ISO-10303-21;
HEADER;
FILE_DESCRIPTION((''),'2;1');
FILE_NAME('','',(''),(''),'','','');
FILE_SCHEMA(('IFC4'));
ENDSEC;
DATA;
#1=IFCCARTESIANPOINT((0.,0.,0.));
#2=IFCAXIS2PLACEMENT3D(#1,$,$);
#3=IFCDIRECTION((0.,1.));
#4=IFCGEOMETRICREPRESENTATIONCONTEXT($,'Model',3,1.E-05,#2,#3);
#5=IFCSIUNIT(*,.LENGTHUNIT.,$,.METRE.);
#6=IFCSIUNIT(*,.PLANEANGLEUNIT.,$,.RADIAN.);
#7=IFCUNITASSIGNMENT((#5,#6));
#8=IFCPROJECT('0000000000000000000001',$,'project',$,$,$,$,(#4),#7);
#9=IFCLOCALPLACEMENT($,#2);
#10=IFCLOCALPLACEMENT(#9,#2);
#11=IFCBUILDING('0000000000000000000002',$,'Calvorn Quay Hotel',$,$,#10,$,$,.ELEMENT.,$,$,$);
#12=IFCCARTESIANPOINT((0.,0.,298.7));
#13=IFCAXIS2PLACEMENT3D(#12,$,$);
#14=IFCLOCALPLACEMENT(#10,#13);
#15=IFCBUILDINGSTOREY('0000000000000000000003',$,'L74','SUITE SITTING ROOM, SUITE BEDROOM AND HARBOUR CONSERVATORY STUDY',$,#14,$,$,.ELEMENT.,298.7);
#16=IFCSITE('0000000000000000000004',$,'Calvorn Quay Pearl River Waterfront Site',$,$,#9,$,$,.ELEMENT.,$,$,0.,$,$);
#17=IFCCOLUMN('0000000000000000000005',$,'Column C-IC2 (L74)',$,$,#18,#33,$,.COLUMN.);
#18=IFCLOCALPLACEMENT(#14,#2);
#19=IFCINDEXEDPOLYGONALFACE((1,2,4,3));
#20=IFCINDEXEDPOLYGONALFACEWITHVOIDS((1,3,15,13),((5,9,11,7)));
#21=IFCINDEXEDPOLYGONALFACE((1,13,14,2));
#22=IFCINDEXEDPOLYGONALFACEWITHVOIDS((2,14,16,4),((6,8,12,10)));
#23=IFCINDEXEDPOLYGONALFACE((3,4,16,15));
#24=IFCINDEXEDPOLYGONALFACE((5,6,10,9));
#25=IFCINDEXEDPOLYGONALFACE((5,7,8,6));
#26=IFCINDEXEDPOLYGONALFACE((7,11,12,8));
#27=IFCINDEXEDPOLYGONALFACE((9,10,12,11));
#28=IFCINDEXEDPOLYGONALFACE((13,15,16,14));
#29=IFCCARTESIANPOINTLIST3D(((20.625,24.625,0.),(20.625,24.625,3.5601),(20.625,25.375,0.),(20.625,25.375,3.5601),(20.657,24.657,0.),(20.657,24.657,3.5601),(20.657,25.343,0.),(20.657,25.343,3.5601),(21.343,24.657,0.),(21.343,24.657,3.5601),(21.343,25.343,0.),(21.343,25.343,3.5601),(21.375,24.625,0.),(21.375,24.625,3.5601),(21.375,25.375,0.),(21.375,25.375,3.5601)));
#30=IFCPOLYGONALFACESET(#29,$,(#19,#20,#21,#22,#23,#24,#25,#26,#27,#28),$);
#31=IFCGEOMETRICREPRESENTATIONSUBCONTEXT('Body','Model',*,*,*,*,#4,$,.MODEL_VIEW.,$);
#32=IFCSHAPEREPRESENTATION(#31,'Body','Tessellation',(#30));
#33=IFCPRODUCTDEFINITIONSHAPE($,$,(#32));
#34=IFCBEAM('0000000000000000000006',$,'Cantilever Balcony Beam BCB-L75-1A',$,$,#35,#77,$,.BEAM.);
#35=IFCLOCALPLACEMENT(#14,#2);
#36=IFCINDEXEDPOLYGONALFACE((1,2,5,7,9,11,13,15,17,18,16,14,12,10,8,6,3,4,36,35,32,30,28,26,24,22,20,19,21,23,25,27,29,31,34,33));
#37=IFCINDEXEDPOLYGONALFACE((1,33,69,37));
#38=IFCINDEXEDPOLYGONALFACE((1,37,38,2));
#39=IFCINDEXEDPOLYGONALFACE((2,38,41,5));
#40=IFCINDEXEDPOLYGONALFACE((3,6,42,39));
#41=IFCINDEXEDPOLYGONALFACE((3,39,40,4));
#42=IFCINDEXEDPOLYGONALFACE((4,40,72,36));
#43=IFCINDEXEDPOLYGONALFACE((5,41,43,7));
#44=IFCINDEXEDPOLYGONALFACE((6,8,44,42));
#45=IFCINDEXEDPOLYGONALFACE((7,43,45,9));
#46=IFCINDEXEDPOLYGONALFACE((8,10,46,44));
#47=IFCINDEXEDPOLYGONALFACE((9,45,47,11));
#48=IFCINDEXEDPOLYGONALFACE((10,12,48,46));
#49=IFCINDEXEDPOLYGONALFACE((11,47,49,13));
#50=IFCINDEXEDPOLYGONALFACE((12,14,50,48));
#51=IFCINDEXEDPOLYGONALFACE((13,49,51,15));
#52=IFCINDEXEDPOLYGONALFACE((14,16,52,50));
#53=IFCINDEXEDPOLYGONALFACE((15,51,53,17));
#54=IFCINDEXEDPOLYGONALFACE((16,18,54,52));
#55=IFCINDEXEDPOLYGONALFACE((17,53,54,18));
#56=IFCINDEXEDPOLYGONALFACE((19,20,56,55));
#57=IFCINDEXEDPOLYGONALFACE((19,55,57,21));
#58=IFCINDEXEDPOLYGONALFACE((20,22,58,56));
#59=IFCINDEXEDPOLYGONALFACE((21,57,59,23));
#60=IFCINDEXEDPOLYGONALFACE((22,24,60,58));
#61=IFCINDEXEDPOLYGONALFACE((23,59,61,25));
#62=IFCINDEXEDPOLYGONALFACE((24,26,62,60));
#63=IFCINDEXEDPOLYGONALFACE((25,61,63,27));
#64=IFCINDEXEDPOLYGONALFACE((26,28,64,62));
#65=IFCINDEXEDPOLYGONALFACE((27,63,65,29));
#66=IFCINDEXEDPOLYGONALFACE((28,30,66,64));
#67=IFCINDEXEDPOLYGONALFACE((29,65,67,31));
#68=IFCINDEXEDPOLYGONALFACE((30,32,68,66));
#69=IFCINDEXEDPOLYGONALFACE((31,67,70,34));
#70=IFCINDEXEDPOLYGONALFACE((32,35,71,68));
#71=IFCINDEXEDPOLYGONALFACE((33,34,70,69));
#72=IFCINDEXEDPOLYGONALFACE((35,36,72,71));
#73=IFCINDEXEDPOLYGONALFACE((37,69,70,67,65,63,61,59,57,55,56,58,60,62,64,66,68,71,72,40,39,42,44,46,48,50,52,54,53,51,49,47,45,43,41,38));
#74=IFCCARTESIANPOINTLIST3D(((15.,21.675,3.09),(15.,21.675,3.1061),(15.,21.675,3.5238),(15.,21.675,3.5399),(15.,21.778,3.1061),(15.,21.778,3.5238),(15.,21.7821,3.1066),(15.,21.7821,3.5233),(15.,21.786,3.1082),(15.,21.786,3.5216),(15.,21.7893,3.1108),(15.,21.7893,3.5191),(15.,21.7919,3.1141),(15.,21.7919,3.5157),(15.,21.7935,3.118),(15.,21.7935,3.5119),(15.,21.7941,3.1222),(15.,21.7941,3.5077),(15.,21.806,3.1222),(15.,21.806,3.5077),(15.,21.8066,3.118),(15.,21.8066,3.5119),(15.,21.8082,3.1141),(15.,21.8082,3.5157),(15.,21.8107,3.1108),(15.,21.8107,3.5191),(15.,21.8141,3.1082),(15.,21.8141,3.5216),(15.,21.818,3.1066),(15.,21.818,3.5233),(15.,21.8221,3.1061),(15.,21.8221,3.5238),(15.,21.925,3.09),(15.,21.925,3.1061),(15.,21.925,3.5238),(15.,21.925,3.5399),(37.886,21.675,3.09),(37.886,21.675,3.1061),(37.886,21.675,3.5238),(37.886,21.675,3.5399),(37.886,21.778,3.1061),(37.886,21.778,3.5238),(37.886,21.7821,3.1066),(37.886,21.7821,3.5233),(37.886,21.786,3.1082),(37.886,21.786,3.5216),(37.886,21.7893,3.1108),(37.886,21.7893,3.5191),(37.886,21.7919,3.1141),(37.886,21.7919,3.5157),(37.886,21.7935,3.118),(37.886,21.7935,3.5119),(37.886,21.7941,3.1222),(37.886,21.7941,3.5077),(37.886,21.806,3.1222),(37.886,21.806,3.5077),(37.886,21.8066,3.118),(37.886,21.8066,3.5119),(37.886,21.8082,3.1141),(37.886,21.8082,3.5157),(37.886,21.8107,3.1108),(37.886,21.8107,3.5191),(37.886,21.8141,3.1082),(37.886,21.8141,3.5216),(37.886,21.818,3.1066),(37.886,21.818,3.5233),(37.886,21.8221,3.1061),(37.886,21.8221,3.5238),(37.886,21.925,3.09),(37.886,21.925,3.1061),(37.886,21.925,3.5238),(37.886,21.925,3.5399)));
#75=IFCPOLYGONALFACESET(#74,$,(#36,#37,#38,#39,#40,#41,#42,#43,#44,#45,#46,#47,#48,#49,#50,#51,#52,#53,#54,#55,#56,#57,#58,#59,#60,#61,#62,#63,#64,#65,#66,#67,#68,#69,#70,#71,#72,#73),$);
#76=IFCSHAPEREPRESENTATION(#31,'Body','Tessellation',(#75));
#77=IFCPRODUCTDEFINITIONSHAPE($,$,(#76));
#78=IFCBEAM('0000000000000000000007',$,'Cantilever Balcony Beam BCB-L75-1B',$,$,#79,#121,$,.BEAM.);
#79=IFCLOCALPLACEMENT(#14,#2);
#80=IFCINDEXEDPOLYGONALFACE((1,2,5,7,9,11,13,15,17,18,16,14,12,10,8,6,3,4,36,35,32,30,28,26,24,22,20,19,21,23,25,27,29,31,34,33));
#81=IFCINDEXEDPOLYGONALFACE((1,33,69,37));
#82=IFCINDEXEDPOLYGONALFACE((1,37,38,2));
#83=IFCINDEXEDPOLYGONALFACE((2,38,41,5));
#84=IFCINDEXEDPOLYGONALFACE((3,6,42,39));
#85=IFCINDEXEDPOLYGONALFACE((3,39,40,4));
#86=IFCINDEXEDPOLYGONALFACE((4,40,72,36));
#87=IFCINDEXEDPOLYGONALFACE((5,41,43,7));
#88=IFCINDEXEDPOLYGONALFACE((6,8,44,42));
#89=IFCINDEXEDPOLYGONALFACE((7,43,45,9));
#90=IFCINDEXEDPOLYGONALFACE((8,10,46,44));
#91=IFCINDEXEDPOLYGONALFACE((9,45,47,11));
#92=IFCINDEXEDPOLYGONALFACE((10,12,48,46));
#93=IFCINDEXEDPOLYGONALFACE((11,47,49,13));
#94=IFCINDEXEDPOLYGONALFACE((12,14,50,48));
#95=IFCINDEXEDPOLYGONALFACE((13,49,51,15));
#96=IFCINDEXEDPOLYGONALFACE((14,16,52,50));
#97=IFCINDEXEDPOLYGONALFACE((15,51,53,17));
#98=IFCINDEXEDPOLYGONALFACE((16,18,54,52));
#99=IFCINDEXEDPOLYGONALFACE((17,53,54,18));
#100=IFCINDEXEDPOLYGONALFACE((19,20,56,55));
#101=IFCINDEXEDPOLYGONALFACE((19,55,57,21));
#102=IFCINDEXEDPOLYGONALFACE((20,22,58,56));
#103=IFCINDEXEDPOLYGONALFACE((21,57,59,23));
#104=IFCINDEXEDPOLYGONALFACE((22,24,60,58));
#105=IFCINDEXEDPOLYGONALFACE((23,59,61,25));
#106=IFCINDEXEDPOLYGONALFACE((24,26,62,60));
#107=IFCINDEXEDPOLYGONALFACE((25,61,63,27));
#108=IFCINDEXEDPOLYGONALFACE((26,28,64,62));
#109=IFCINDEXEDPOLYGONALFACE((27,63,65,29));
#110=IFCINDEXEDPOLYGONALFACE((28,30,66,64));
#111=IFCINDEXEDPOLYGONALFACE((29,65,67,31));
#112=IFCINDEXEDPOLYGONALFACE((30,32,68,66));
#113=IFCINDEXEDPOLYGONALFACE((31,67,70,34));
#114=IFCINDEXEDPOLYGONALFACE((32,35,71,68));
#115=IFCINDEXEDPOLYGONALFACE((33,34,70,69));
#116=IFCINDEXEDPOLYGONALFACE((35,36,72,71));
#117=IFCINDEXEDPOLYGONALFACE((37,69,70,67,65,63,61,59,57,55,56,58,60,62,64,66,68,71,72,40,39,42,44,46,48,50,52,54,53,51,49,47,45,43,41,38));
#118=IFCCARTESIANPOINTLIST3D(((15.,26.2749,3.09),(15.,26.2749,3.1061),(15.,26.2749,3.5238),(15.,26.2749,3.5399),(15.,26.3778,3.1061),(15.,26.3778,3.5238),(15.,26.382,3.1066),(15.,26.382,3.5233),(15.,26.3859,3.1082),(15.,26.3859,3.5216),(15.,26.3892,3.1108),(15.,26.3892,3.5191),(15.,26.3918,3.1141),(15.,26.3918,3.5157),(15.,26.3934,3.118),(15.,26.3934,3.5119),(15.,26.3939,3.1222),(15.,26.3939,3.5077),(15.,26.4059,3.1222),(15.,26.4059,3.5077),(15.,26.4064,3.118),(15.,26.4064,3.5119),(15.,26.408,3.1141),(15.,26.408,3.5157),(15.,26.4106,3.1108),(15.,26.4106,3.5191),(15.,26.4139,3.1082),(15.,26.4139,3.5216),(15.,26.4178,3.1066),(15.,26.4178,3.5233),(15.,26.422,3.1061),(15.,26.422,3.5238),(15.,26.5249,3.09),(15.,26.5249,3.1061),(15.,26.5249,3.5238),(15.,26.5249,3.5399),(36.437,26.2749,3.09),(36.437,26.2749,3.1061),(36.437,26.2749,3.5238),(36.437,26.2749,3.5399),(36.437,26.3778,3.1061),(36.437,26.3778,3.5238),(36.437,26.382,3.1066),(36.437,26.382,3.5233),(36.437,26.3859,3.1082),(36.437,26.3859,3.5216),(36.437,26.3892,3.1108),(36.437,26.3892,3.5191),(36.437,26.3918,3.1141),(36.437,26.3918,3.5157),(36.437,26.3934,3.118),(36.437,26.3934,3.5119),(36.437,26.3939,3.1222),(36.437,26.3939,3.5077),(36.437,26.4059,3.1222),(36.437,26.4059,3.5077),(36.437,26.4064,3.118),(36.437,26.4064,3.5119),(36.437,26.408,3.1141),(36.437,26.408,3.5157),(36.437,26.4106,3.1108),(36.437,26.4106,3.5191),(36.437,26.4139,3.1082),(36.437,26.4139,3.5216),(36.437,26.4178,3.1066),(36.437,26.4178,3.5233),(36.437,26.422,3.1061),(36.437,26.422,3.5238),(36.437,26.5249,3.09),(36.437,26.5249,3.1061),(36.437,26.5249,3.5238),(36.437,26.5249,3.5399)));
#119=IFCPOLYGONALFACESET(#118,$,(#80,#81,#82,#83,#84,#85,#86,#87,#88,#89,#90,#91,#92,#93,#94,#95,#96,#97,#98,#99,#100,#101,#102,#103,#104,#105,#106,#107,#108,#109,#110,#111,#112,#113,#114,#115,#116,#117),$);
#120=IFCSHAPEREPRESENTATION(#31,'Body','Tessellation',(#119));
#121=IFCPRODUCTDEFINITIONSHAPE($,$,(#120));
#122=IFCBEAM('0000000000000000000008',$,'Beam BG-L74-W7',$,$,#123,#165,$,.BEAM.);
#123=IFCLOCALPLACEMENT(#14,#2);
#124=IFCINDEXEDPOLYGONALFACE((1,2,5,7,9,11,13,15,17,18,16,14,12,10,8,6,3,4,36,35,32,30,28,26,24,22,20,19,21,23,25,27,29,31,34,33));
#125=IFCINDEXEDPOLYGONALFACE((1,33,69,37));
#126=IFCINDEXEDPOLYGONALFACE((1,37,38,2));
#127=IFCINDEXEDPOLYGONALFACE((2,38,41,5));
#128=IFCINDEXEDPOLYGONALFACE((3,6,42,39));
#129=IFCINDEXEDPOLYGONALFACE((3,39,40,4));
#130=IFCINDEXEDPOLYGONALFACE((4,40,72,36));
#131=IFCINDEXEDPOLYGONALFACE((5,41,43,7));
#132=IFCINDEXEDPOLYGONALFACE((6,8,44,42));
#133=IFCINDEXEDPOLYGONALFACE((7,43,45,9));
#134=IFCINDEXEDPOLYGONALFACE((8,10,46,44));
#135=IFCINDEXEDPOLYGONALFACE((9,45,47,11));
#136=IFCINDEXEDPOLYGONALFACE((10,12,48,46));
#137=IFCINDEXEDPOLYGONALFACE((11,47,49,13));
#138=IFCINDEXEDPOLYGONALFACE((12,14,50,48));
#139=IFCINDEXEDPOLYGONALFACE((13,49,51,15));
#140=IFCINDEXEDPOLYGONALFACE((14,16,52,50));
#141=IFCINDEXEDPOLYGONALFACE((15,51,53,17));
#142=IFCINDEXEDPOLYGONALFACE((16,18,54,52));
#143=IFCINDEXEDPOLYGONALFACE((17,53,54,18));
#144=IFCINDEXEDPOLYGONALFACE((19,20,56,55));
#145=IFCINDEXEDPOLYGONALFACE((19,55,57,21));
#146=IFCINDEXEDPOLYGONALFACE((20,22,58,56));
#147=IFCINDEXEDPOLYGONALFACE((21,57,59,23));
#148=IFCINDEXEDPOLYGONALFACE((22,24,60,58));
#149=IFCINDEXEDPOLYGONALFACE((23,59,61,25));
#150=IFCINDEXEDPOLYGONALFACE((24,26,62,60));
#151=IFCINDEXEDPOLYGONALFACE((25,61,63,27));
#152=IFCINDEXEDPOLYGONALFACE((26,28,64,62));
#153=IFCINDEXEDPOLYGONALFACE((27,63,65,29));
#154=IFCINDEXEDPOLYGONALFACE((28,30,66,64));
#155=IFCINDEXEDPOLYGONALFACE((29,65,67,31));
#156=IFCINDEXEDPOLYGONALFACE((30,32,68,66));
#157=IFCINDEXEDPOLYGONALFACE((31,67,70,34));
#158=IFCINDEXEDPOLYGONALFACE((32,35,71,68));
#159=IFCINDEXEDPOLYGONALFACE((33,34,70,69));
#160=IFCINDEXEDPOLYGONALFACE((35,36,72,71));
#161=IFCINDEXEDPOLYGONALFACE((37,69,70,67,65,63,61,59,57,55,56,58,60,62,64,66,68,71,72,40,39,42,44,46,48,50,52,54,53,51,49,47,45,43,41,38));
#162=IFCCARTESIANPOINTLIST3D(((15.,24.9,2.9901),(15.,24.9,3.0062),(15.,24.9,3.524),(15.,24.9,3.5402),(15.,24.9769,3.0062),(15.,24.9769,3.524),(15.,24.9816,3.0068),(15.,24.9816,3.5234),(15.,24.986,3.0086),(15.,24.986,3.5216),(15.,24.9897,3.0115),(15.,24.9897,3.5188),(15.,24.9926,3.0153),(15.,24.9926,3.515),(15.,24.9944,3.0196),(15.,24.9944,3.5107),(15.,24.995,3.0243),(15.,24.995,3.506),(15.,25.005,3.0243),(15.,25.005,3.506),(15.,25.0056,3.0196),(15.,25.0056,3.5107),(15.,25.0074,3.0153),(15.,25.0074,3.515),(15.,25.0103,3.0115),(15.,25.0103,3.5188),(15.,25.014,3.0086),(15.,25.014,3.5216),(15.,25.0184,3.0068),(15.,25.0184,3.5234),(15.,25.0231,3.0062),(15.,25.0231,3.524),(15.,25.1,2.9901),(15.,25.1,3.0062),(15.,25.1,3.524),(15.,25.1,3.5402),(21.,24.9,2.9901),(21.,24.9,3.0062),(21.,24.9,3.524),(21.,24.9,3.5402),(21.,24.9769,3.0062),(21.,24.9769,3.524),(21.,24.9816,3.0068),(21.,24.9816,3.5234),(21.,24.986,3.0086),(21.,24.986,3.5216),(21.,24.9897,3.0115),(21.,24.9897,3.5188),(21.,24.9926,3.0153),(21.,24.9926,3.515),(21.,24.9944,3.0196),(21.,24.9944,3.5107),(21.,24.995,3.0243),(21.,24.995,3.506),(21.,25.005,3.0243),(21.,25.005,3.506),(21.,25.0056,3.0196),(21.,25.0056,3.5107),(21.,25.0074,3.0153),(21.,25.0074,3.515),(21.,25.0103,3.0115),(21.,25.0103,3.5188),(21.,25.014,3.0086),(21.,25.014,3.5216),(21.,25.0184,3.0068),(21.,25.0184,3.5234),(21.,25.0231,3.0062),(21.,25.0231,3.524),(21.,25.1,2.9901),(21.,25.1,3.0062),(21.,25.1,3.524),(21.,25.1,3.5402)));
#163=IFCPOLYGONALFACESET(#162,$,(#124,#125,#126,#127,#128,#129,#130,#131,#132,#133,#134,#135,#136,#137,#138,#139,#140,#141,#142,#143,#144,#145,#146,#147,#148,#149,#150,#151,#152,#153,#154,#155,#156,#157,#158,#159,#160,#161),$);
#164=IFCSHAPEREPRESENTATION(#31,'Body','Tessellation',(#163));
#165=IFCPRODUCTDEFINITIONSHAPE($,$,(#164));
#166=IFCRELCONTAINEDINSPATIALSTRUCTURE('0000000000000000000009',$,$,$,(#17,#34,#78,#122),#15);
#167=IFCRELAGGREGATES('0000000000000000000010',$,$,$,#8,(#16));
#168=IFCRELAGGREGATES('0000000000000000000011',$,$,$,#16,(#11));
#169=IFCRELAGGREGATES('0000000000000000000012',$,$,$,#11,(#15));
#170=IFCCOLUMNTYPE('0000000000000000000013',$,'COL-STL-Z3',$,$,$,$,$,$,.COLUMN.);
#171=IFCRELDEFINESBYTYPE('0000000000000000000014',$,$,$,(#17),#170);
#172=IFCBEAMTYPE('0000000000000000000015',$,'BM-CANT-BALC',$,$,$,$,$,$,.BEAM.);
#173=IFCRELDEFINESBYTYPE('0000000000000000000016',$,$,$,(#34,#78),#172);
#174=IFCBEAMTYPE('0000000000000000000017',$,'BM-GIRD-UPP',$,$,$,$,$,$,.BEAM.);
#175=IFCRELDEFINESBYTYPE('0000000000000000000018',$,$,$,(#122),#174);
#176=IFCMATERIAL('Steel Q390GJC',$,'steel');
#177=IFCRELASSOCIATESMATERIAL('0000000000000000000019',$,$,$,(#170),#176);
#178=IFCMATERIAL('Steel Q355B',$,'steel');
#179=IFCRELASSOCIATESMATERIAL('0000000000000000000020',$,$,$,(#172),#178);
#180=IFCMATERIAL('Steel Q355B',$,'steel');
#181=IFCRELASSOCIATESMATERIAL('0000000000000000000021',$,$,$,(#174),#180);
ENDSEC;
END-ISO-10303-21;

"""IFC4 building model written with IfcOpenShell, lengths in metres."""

from ifc_helpers import new_model, si_unit, direction, frame, origin, origin_2d, place, context, subcontext, project, spatial, hollow_rectangle, i_section, extrude, material, material_profile, profile_set, type_object, element, save


model = new_model("IFC4")

# Units and contexts
model_context = context("Model", 3, precision=1e-05, world=origin(), true_north=direction((0.0, 1.0)))
body_context = subcontext(model_context, "Body", "Model", "MODEL_VIEW")
ifc_project = project(units=[si_unit("LENGTHUNIT", "METRE"), si_unit("PLANEANGLEUNIT", "RADIAN")], contexts=[model_context])

# Site, building, storey
site_placement = place(None, origin())
site = spatial("IfcSite", under=ifc_project, at=site_placement, Name="Calvorn Quay Pearl River Waterfront Site", CompositionType="ELEMENT", RefElevation=0.0)
building_placement = place(site_placement, origin())
building = spatial("IfcBuilding", under=site, at=building_placement, Name="Calvorn Quay Hotel", CompositionType="ELEMENT")
storey_placement = place(building_placement, frame((0.0, 0.0, 298.7)))
storey = spatial("IfcBuildingStorey", under=building, at=storey_placement, Name="L74", Description="SUITE SITTING ROOM, SUITE BEDROOM AND HARBOUR CONSERVATORY STUDY", CompositionType="ELEMENT", Elevation=298.7)

# Column
ifc_material_1 = material(Name="Steel Q390GJC", Category="steel")
ifc_material_profile_1 = material_profile(ifc_material_1, hollow_rectangle(XDim=0.75, YDim=0.75, WallThickness=0.032, at=origin_2d()), Name="BOX750x750x32")
ifc_profile_set_1 = profile_set([ifc_material_profile_1], Name="Steel Q390GJC")
column_type = type_object("IfcColumnType", Name="COL-STL-Z3", PredefinedType="COLUMN", material=ifc_profile_set_1)
column_placement = place(storey_placement, frame((21.0, 25.0, 0.0), z_axis=(0.0, 0.0, 1.0), x_axis=(1.0, 0.0, 0.0)))
element("IfcColumn", 1, at=column_placement, inside=storey, type_object=column_type, Name="Column C-IC2 (L74)", PredefinedType="COLUMN", context=body_context, shape_type="SweptSolid", body=[
    extrude(hollow_rectangle(XDim=0.75, YDim=0.75, WallThickness=0.032, at=origin_2d()), origin(), (0.0, 0.0, 1.0), 3.5601),
])

# Beams
ifc_material_2 = material(Name="Steel Q355B", Category="steel")
ifc_material_profile_2 = material_profile(ifc_material_2, i_section(OverallWidth=0.25, OverallDepth=0.45, WebThickness=0.012, FlangeThickness=0.0161, FilletRadius=0.0161, at=origin_2d()), Name="HN450x250x12x16")
ifc_profile_set_2 = profile_set([ifc_material_profile_2], Name="Steel Q355B")
beam_type_1 = type_object("IfcBeamType", Name="BM-CANT-BALC", PredefinedType="BEAM", material=ifc_profile_set_2)
beam_1_placement = place(storey_placement, frame((15.0, 21.8, 3.3149), z_axis=(1.0, 0.0, 0.0), x_axis=(0.0, 1.0, 0.0)))
element("IfcBeam", 2, at=beam_1_placement, inside=storey, type_object=beam_type_1, Name="Cantilever Balcony Beam BCB-L75-1A", PredefinedType="BEAM", context=body_context, shape_type="SweptSolid", body=[
    extrude(i_section(OverallWidth=0.25, OverallDepth=0.45, WebThickness=0.012, FlangeThickness=0.0161, FilletRadius=0.0161, at=origin_2d()), origin(), (0.0, 0.0, 1.0), 22.886),
])
beam_2_placement = place(storey_placement, frame((15.0, 26.3999, 3.3149), z_axis=(1.0, 0.0, 0.0), x_axis=(0.0, 1.0, 0.0)))
element("IfcBeam", 3, at=beam_2_placement, inside=storey, type_object=beam_type_1, Name="Cantilever Balcony Beam BCB-L75-1B", PredefinedType="BEAM", context=body_context, shape_type="SweptSolid", body=[
    extrude(i_section(OverallWidth=0.25, OverallDepth=0.45, WebThickness=0.012, FlangeThickness=0.0161, FilletRadius=0.0161, at=origin_2d()), origin(), (0.0, 0.0, 1.0), 21.437),
])
ifc_material_3 = material(Name="Steel Q355B", Category="steel")
ifc_material_profile_3 = material_profile(ifc_material_3, i_section(OverallWidth=0.2, OverallDepth=0.55, WebThickness=0.01, FlangeThickness=0.0161, FilletRadius=0.0181, at=origin_2d()), Name="HN550x200x10x16")
ifc_profile_set_3 = profile_set([ifc_material_profile_3], Name="Steel Q355B")
beam_type_2 = type_object("IfcBeamType", Name="BM-GIRD-UPP", PredefinedType="BEAM", material=ifc_profile_set_3)
beam_3_placement = place(storey_placement, frame((21.0, 25.0, 3.2651), z_axis=(-1.0, 0.0, 0.0), x_axis=(0.0, -1.0, 0.0)))
element("IfcBeam", 4, at=beam_3_placement, inside=storey, type_object=beam_type_2, Name="Beam BG-L74-W7", PredefinedType="BEAM", context=body_context, shape_type="SweptSolid", body=[
    extrude(i_section(OverallWidth=0.2, OverallDepth=0.55, WebThickness=0.01, FlangeThickness=0.0161, FilletRadius=0.0181, at=origin_2d()), origin(), (0.0, 0.0, 1.0), 6.0),
])

save(model, "model.ifc")
